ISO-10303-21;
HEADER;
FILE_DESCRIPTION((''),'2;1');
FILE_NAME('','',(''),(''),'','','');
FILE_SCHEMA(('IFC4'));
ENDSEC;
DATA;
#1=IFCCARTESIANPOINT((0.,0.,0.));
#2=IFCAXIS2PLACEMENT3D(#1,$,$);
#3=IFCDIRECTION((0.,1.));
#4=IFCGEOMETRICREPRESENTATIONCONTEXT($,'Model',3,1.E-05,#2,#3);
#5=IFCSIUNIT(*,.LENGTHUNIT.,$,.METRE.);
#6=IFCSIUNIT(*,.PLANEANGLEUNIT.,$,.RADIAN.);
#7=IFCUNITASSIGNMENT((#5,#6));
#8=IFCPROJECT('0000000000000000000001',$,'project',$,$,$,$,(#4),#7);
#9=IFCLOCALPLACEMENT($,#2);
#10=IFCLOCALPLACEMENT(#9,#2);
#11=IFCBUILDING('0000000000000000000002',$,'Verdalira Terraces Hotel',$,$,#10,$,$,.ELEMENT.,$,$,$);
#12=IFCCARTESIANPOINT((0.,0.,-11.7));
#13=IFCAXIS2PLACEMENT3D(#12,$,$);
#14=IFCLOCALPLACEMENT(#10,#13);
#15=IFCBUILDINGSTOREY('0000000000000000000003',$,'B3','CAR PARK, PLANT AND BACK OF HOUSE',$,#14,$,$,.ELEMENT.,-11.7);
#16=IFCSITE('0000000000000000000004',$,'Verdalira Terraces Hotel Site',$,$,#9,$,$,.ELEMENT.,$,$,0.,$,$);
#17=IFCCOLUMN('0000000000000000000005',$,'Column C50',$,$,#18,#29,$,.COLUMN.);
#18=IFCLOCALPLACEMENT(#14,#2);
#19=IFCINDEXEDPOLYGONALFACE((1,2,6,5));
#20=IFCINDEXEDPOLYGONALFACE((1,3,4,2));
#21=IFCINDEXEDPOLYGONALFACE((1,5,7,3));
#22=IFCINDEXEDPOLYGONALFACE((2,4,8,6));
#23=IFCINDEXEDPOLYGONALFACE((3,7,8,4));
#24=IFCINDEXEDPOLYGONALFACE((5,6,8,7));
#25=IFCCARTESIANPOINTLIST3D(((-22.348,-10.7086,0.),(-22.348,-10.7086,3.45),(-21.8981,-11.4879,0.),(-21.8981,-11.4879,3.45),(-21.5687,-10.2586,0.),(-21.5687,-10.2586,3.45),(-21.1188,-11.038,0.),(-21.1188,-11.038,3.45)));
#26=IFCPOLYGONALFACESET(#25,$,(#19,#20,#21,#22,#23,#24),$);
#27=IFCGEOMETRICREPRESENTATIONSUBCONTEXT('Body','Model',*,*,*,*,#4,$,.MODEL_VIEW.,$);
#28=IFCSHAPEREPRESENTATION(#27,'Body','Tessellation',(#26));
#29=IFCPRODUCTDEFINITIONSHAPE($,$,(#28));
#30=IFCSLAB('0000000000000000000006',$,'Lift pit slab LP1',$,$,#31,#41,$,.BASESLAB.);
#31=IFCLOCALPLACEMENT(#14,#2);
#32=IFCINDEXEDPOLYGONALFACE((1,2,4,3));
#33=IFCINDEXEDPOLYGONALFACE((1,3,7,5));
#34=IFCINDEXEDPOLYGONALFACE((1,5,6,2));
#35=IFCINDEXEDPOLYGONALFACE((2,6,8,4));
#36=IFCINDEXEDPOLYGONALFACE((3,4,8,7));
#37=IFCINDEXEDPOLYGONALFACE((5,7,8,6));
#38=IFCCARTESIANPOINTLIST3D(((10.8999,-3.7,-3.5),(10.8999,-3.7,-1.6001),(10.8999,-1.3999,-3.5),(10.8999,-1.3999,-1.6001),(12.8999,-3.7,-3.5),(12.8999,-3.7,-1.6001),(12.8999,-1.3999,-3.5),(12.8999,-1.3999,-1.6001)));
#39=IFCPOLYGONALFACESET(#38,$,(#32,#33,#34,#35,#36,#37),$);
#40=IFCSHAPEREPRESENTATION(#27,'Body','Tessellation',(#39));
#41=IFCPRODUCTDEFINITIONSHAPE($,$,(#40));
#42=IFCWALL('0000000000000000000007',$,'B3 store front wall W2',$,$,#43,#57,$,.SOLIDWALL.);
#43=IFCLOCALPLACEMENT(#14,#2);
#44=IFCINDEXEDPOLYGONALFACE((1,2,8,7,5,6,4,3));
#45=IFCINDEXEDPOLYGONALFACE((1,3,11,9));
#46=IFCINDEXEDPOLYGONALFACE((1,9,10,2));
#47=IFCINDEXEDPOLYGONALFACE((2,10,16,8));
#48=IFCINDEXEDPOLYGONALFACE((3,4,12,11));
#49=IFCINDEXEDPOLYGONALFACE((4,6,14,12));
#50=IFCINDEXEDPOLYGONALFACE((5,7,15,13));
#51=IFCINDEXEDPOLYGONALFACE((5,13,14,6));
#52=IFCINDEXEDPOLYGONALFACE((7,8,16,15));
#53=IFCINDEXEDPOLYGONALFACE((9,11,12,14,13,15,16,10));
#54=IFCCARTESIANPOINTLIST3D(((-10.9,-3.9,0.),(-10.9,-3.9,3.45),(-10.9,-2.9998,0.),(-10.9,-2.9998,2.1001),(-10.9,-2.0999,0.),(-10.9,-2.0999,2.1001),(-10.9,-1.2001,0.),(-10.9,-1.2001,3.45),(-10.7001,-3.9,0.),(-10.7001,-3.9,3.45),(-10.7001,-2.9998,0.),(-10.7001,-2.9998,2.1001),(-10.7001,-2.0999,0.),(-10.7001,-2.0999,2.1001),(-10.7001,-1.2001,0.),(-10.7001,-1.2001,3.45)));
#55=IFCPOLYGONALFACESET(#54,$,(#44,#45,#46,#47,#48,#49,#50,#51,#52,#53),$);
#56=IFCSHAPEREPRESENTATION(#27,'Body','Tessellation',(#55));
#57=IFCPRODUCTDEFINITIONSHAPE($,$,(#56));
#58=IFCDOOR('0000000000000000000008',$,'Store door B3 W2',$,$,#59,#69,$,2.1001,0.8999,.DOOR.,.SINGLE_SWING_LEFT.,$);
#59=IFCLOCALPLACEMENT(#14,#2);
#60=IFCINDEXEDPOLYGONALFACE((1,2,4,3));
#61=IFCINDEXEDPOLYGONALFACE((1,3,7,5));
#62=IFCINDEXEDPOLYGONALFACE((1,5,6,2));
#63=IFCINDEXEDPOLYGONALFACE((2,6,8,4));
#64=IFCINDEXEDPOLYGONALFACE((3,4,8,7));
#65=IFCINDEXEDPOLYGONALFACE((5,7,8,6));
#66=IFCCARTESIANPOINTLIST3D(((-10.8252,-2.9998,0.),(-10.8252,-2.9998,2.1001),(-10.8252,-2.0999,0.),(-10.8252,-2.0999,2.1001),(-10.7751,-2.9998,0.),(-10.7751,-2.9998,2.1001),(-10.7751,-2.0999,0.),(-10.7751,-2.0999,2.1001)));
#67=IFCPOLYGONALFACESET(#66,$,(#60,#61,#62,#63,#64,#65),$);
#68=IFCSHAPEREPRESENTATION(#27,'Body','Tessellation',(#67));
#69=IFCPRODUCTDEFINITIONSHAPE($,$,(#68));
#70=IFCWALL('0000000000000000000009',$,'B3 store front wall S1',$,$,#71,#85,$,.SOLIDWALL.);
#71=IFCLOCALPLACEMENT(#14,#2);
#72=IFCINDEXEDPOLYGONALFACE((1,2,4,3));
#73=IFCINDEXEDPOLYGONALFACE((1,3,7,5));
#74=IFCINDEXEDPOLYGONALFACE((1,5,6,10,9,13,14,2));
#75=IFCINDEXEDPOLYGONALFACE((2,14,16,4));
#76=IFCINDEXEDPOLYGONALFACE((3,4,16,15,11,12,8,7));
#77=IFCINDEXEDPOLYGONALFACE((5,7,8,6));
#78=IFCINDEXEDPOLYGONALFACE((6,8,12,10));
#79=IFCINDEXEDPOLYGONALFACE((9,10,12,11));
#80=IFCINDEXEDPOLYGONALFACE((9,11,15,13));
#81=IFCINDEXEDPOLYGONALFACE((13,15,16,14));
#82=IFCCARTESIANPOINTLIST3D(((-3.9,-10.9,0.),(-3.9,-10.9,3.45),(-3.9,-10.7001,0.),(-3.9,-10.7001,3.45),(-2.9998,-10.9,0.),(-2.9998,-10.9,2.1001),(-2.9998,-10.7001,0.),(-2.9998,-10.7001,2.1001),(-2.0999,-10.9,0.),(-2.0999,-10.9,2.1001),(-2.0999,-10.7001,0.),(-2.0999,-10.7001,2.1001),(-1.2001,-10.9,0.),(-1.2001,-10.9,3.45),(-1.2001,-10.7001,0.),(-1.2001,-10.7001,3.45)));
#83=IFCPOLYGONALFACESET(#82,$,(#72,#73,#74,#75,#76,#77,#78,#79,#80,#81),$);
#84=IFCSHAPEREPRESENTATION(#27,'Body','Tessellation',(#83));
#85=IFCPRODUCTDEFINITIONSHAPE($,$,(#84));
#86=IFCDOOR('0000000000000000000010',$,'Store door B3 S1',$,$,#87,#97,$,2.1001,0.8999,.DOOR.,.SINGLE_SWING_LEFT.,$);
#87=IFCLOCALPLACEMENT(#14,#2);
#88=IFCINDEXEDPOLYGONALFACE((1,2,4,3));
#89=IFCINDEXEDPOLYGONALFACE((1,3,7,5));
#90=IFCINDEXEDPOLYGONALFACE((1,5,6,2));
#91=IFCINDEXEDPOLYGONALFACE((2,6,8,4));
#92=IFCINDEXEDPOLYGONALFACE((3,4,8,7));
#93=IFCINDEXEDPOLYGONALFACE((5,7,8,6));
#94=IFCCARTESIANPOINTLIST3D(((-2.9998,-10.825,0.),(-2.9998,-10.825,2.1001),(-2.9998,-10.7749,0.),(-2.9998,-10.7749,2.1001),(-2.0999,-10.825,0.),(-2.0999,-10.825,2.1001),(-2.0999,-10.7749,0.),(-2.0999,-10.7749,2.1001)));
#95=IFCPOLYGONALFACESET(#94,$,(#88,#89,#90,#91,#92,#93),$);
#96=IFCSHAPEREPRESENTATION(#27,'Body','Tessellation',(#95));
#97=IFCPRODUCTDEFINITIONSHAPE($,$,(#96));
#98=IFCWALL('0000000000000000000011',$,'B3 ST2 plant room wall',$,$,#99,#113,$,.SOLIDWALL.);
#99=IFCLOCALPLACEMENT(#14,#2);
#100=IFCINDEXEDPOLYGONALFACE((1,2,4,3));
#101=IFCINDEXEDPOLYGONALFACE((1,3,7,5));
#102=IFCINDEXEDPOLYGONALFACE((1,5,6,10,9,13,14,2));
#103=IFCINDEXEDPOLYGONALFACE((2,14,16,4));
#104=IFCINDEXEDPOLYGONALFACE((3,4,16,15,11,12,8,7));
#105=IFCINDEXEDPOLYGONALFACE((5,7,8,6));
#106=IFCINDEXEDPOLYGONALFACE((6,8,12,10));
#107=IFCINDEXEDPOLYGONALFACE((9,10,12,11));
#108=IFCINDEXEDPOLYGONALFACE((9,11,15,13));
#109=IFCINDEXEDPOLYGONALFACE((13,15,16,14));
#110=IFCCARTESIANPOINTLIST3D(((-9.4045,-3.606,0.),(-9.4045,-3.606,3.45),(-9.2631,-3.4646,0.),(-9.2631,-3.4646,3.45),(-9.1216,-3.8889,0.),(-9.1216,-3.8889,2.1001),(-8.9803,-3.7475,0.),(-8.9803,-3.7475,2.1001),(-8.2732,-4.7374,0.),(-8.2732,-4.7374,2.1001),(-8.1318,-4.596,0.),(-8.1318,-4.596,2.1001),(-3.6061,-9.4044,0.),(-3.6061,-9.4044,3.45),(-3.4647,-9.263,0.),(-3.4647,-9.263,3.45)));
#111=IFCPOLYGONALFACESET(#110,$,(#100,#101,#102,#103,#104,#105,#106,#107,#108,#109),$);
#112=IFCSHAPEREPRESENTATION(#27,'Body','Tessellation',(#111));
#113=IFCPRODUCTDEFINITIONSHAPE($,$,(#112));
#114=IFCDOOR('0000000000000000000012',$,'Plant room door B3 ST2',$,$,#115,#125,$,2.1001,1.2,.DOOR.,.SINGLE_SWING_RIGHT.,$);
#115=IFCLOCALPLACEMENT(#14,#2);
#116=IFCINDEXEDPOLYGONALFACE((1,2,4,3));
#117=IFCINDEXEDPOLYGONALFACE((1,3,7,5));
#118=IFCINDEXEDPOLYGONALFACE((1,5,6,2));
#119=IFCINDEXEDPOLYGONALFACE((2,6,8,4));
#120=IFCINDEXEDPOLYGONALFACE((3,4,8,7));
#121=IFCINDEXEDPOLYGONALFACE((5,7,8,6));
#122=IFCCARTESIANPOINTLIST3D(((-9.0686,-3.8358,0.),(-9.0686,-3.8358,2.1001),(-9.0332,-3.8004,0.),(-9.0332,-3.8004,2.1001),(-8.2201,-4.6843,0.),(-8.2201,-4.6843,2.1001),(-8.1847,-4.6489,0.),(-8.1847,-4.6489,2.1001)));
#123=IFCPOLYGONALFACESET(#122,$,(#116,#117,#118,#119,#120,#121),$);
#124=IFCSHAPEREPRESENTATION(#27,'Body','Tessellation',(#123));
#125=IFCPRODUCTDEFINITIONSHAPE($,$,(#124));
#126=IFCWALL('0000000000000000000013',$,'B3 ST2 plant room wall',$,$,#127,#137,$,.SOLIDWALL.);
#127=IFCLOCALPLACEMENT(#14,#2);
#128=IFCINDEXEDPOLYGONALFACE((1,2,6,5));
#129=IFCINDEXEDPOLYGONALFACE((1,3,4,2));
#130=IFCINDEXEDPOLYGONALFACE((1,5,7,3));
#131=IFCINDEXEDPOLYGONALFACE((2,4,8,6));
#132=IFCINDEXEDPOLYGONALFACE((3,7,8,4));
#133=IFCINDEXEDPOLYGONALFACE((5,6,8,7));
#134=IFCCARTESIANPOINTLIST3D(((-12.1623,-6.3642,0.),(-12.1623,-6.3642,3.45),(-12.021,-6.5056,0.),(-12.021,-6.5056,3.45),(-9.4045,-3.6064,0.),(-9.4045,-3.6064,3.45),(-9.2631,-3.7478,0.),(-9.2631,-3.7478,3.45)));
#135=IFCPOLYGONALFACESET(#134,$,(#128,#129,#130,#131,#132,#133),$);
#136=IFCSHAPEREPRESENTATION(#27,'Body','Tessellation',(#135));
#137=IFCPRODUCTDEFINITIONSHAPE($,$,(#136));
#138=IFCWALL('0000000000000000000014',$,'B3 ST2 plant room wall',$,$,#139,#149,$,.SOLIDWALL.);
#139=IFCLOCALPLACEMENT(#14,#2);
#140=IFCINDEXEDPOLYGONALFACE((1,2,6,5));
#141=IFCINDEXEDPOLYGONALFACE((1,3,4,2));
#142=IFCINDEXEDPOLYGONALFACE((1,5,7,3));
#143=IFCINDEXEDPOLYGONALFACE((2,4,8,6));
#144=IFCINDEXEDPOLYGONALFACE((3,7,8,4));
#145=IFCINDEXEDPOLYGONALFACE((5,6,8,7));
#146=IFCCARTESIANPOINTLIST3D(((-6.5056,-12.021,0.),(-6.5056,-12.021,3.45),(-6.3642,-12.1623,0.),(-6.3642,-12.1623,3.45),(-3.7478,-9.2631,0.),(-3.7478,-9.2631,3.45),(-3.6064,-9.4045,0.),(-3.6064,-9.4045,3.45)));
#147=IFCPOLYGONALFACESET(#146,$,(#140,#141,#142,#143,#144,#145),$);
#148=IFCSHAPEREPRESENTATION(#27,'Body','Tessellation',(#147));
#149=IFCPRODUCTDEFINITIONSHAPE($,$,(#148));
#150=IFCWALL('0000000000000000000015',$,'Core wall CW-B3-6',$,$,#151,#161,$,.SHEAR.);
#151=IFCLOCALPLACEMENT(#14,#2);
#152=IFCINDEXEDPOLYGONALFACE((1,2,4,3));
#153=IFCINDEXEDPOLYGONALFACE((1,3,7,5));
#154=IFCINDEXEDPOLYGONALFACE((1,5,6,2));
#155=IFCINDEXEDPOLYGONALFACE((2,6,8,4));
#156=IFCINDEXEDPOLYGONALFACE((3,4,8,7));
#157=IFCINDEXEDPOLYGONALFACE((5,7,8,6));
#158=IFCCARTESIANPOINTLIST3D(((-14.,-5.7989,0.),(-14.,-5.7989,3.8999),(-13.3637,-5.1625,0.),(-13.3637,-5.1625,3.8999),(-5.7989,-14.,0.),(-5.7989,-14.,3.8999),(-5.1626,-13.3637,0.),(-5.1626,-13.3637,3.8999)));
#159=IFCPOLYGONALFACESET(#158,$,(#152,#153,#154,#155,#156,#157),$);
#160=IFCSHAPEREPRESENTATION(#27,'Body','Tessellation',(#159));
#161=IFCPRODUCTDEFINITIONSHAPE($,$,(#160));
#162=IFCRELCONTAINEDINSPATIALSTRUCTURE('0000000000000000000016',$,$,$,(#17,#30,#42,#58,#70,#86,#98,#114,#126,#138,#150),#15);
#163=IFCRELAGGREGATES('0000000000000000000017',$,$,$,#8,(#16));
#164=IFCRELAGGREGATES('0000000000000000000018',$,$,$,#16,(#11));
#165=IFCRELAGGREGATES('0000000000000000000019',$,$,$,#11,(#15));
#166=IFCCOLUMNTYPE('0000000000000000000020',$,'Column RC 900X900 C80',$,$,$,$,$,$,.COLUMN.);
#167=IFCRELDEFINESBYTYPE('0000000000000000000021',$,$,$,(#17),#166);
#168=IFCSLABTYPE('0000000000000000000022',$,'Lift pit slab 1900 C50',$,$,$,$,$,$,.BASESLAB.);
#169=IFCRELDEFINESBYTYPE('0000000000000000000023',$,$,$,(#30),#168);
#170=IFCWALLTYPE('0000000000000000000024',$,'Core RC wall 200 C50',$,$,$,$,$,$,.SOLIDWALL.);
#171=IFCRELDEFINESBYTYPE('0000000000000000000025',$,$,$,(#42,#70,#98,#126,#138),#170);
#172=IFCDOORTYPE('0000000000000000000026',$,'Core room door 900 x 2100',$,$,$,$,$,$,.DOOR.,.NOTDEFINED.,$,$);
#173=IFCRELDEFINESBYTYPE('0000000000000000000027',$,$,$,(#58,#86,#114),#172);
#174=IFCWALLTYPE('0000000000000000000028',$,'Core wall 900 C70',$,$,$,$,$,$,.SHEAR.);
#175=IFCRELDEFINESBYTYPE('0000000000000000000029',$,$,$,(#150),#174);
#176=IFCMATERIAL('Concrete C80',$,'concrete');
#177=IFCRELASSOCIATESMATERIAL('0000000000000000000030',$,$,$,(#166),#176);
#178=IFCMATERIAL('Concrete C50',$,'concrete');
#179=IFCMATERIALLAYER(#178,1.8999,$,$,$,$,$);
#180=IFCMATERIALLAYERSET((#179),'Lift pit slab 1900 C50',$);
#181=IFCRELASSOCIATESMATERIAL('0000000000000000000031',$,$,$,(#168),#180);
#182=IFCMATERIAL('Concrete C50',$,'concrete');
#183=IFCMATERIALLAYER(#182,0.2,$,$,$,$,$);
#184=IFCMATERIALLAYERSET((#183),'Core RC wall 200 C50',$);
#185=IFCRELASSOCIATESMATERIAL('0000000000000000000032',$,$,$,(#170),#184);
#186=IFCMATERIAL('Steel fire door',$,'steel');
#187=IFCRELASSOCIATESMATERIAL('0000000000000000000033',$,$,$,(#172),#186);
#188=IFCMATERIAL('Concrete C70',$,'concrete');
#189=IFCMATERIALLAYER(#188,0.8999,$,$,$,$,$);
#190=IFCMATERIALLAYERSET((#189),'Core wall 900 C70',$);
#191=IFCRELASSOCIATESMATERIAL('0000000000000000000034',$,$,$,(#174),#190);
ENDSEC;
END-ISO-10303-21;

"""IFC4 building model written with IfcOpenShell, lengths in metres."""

from ifc_helpers import new_model, si_unit, direction, frame, frame_2d, origin, origin_2d, place, context, subcontext, project, spatial, polyline, rectangle, outline, extrude, material, layer, layer_set, material_profile, profile_set, type_object, element, fill, save


model = new_model("IFC4")

# Units and contexts
model_context = context("Model", 3, precision=1e-05, world=origin(), true_north=direction((0.0, 1.0)))
body_context = subcontext(model_context, "Body", "Model", "MODEL_VIEW")
ifc_project = project(units=[si_unit("LENGTHUNIT", "METRE"), si_unit("PLANEANGLEUNIT", "RADIAN")], contexts=[model_context])

# Site, building, storey
site_placement = place(None, origin())
site = spatial("IfcSite", under=ifc_project, at=site_placement, Name="Verdalira Terraces Hotel Site", CompositionType="ELEMENT", RefElevation=0.0)
building_placement = place(site_placement, origin())
building = spatial("IfcBuilding", under=site, at=building_placement, Name="Verdalira Terraces Hotel", CompositionType="ELEMENT")
storey_placement = place(building_placement, frame((0.0, 0.0, -11.7)))
storey = spatial("IfcBuildingStorey", under=building, at=storey_placement, Name="B3", Description="CAR PARK, PLANT AND BACK OF HOUSE", CompositionType="ELEMENT", Elevation=-11.7)

# Column
ifc_material_1 = material(Name="Concrete C80", Category="concrete")
ifc_material_profile_1 = material_profile(ifc_material_1, rectangle(XDim=0.8999, YDim=0.8999, at=origin_2d()), Name="RC 900X900")
ifc_profile_set_1 = profile_set([ifc_material_profile_1], Name="Concrete C80")
column_type_1 = type_object("IfcColumnType", Name="Column RC 900X900 C80", PredefinedType="COLUMN", material=ifc_profile_set_1)
column_placement = place(storey_placement, frame((-21.7334, -10.8733, 0.0), z_axis=(0.0, 0.0, 1.0), x_axis=(-0.866025, -0.5, 0.0)))
element("IfcColumn", 1, at=column_placement, inside=storey, type_object=column_type_1, Name="Column C50", PredefinedType="COLUMN", context=body_context, shape_type="SweptSolid", body=[
    extrude(rectangle(XDim=0.8999, YDim=0.8999, at=origin_2d()), origin(), (0.0, 0.0, 1.0), 3.45),
])

# Slab
ifc_material_2 = material(Name="Concrete C50", Category="concrete")
ifc_layer_1 = layer(ifc_material_2, 1.8999)
ifc_layer_set_1 = layer_set([ifc_layer_1], Name="Lift pit slab 1900 C50")
slab_type = type_object("IfcSlabType", Name="Lift pit slab 1900 C50", PredefinedType="BASESLAB", material=ifc_layer_set_1)
slab_placement = place(storey_placement, frame((0.0, 0.0, -3.5)))
element("IfcSlab", 2, at=slab_placement, inside=storey, type_object=slab_type, Name="Lift pit slab LP1", PredefinedType="BASESLAB", context=body_context, shape_type="SweptSolid", body=[
    extrude(outline(polyline([(10.8999, -1.3999), (10.8999, -3.7), (12.8999, -3.7), (12.8999, -1.3999), (10.8999, -1.3999)])), origin(), (0.0, 0.0, 1.0), 1.8999),
])

# Walls, openings, doors
ifc_material_3 = material(Name="Concrete C50", Category="concrete")
ifc_layer_2 = layer(ifc_material_3, 0.2)
ifc_layer_set_2 = layer_set([ifc_layer_2], Name="Core RC wall 200 C50")
wall_type_1 = type_object("IfcWallType", Name="Core RC wall 200 C50", PredefinedType="SOLIDWALL", material=ifc_layer_set_2)
wall_1_placement = place(storey_placement, frame((-10.8, -1.2, 0.0), z_axis=(0.0, 0.0, 1.0), x_axis=(0.0, -1.0, 0.0)))
wall_1 = element("IfcWall", 3, at=wall_1_placement, inside=storey, type_object=wall_type_1, Name="B3 store front wall W2", PredefinedType="SOLIDWALL", context=body_context, shape_type="SweptSolid", body=[
    extrude(rectangle(XDim=2.7, YDim=0.2, at=frame_2d((1.3501, 0.0))), origin(), (0.0, 0.0, 1.0), 3.45),
])
opening_1_placement = place(wall_1_placement, frame((0.8999, 0.0, 0.0)))
opening_1 = element("IfcOpeningElement", 4, at=opening_1_placement, cuts=wall_1, PredefinedType="OPENING", context=body_context, shape_type="SweptSolid", body=[
    extrude(rectangle(XDim=0.8999, YDim=2.1001, at=frame_2d((0.45, 1.05))), frame((0.0, 0.1099, 0.0), z_axis=(0.0, -1.0, 0.0), x_axis=(1.0, 0.0, 0.0)), (0.0, 0.0, 1.0), 0.22),
])
ifc_material_4 = material(Name="Steel fire door", Category="steel")
door_type = type_object("IfcDoorType", Name="Core room door 900 x 2100", OperationType="NOTDEFINED", PredefinedType="DOOR", material=ifc_material_4)
door_1_placement = place(opening_1_placement, origin())
door_1 = element("IfcDoor", 5, at=door_1_placement, inside=storey, type_object=door_type, Name="Store door B3 W2", OperationType="SINGLE_SWING_LEFT", OverallHeight=2.1001, OverallWidth=0.8999, PredefinedType="DOOR", context=body_context, shape_type="SweptSolid", body=[
    extrude(rectangle(XDim=0.8999, YDim=2.1001, at=frame_2d((0.45, 1.05))), frame((0.0, 0.0249, 0.0), z_axis=(0.0, -1.0, 0.0), x_axis=(1.0, 0.0, 0.0)), (0.0, 0.0, 1.0), 0.05),
])
fill(opening_1, door_1)
wall_2_placement = place(storey_placement, frame((-1.2, -10.8, 0.0), z_axis=(0.0, 0.0, 1.0), x_axis=(-1.0, 0.0, 0.0)))
wall_2 = element("IfcWall", 6, at=wall_2_placement, inside=storey, type_object=wall_type_1, Name="B3 store front wall S1", PredefinedType="SOLIDWALL", context=body_context, shape_type="SweptSolid", body=[
    extrude(rectangle(XDim=2.7, YDim=0.2, at=frame_2d((1.3501, 0.0))), origin(), (0.0, 0.0, 1.0), 3.45),
])
opening_2_placement = place(wall_2_placement, frame((0.8999, 0.0, 0.0)))
opening_2 = element("IfcOpeningElement", 7, at=opening_2_placement, cuts=wall_2, PredefinedType="OPENING", context=body_context, shape_type="SweptSolid", body=[
    extrude(rectangle(XDim=0.8999, YDim=2.1001, at=frame_2d((0.45, 1.05))), frame((0.0, 0.1099, 0.0), z_axis=(0.0, -1.0, 0.0), x_axis=(1.0, 0.0, 0.0)), (0.0, 0.0, 1.0), 0.22),
])
door_2_placement = place(opening_2_placement, origin())
door_2 = element("IfcDoor", 8, at=door_2_placement, inside=storey, type_object=door_type, Name="Store door B3 S1", OperationType="SINGLE_SWING_LEFT", OverallHeight=2.1001, OverallWidth=0.8999, PredefinedType="DOOR", context=body_context, shape_type="SweptSolid", body=[
    extrude(rectangle(XDim=0.8999, YDim=2.1001, at=frame_2d((0.45, 1.05))), frame((0.0, 0.0249, 0.0), z_axis=(0.0, -1.0, 0.0), x_axis=(1.0, 0.0, 0.0)), (0.0, 0.0, 1.0), 0.05),
])
fill(opening_2, door_2)
wall_3_placement = place(storey_placement, frame((-3.5354, -9.3337, 0.0), z_axis=(0.0, 0.0, 1.0), x_axis=(-0.707107, 0.707107, 0.0)))
wall_3 = element("IfcWall", 9, at=wall_3_placement, inside=storey, type_object=wall_type_1, Name="B3 ST2 plant room wall", PredefinedType="SOLIDWALL", context=body_context, shape_type="SweptSolid", body=[
    extrude(rectangle(XDim=8.2002, YDim=0.2, at=frame_2d((4.1001, 0.0))), origin(), (0.0, 0.0, 1.0), 3.45),
])
opening_3_placement = place(wall_3_placement, frame((6.6001, 0.0, 0.0)))
opening_3 = element("IfcOpeningElement", 10, at=opening_3_placement, cuts=wall_3, PredefinedType="OPENING", context=body_context, shape_type="SweptSolid", body=[
    extrude(rectangle(XDim=1.2, YDim=2.1001, at=frame_2d((0.6001, 1.05))), frame((0.0, 0.1099, 0.0), z_axis=(0.0, -1.0, 0.0), x_axis=(1.0, 0.0, 0.0)), (0.0, 0.0, 1.0), 0.22),
])
door_3_placement = place(opening_3_placement, origin())
door_3 = element("IfcDoor", 11, at=door_3_placement, inside=storey, type_object=door_type, Name="Plant room door B3 ST2", OperationType="SINGLE_SWING_RIGHT", OverallHeight=2.1001, OverallWidth=1.2, PredefinedType="DOOR", context=body_context, shape_type="SweptSolid", body=[
    extrude(rectangle(XDim=1.2, YDim=2.1001, at=frame_2d((0.6001, 1.05))), frame((0.0, 0.0249, 0.0), z_axis=(0.0, -1.0, 0.0), x_axis=(1.0, 0.0, 0.0)), (0.0, 0.0, 1.0), 0.05),
])
fill(opening_3, door_3)

# Walls
for number, where, z_axis, x_axis, name in (
    (12, (-9.3337, -3.677, 0.0), (0.0, 0.0, 1.0), (-0.707107, -0.707107, 0.0), "B3 ST2 plant room wall"),
    (13, (-3.677, -9.3337, 0.0), (0.0, 0.0, 1.0), (-0.707107, -0.707107, 0.0), "B3 ST2 plant room wall"),
):
    element("IfcWall", number, at=place(storey_placement, frame(where, z_axis=z_axis, x_axis=x_axis)), inside=storey, type_object=wall_type_1, Name=name, PredefinedType="SOLIDWALL", context=body_context, shape_type="SweptSolid", body=[
        extrude(rectangle(XDim=3.9001, YDim=0.2, at=frame_2d((1.9502, 0.0))), origin(), (0.0, 0.0, 1.0), 3.45),
    ])
ifc_material_5 = material(Name="Concrete C70", Category="concrete")
ifc_layer_3 = layer(ifc_material_5, 0.8999)
ifc_layer_set_3 = layer_set([ifc_layer_3], Name="Core wall 900 C70")
wall_type_2 = type_object("IfcWallType", Name="Core wall 900 C70", PredefinedType="SHEAR", material=ifc_layer_set_3)
wall_4_placement = place(storey_placement, frame((-13.6819, -5.4807, 0.0), z_axis=(0.0, 0.0, 1.0), x_axis=(0.707107, -0.707107, 0.0)))
element("IfcWall", 14, at=wall_4_placement, inside=storey, type_object=wall_type_2, Name="Core wall CW-B3-6", PredefinedType="SHEAR", context=body_context, shape_type="SweptSolid", body=[
    extrude(rectangle(XDim=11.5981, YDim=0.8999, at=frame_2d((5.7991, 0.0))), origin(), (0.0, 0.0, 1.0), 3.8999),
])

save(model, "model.ifc")
